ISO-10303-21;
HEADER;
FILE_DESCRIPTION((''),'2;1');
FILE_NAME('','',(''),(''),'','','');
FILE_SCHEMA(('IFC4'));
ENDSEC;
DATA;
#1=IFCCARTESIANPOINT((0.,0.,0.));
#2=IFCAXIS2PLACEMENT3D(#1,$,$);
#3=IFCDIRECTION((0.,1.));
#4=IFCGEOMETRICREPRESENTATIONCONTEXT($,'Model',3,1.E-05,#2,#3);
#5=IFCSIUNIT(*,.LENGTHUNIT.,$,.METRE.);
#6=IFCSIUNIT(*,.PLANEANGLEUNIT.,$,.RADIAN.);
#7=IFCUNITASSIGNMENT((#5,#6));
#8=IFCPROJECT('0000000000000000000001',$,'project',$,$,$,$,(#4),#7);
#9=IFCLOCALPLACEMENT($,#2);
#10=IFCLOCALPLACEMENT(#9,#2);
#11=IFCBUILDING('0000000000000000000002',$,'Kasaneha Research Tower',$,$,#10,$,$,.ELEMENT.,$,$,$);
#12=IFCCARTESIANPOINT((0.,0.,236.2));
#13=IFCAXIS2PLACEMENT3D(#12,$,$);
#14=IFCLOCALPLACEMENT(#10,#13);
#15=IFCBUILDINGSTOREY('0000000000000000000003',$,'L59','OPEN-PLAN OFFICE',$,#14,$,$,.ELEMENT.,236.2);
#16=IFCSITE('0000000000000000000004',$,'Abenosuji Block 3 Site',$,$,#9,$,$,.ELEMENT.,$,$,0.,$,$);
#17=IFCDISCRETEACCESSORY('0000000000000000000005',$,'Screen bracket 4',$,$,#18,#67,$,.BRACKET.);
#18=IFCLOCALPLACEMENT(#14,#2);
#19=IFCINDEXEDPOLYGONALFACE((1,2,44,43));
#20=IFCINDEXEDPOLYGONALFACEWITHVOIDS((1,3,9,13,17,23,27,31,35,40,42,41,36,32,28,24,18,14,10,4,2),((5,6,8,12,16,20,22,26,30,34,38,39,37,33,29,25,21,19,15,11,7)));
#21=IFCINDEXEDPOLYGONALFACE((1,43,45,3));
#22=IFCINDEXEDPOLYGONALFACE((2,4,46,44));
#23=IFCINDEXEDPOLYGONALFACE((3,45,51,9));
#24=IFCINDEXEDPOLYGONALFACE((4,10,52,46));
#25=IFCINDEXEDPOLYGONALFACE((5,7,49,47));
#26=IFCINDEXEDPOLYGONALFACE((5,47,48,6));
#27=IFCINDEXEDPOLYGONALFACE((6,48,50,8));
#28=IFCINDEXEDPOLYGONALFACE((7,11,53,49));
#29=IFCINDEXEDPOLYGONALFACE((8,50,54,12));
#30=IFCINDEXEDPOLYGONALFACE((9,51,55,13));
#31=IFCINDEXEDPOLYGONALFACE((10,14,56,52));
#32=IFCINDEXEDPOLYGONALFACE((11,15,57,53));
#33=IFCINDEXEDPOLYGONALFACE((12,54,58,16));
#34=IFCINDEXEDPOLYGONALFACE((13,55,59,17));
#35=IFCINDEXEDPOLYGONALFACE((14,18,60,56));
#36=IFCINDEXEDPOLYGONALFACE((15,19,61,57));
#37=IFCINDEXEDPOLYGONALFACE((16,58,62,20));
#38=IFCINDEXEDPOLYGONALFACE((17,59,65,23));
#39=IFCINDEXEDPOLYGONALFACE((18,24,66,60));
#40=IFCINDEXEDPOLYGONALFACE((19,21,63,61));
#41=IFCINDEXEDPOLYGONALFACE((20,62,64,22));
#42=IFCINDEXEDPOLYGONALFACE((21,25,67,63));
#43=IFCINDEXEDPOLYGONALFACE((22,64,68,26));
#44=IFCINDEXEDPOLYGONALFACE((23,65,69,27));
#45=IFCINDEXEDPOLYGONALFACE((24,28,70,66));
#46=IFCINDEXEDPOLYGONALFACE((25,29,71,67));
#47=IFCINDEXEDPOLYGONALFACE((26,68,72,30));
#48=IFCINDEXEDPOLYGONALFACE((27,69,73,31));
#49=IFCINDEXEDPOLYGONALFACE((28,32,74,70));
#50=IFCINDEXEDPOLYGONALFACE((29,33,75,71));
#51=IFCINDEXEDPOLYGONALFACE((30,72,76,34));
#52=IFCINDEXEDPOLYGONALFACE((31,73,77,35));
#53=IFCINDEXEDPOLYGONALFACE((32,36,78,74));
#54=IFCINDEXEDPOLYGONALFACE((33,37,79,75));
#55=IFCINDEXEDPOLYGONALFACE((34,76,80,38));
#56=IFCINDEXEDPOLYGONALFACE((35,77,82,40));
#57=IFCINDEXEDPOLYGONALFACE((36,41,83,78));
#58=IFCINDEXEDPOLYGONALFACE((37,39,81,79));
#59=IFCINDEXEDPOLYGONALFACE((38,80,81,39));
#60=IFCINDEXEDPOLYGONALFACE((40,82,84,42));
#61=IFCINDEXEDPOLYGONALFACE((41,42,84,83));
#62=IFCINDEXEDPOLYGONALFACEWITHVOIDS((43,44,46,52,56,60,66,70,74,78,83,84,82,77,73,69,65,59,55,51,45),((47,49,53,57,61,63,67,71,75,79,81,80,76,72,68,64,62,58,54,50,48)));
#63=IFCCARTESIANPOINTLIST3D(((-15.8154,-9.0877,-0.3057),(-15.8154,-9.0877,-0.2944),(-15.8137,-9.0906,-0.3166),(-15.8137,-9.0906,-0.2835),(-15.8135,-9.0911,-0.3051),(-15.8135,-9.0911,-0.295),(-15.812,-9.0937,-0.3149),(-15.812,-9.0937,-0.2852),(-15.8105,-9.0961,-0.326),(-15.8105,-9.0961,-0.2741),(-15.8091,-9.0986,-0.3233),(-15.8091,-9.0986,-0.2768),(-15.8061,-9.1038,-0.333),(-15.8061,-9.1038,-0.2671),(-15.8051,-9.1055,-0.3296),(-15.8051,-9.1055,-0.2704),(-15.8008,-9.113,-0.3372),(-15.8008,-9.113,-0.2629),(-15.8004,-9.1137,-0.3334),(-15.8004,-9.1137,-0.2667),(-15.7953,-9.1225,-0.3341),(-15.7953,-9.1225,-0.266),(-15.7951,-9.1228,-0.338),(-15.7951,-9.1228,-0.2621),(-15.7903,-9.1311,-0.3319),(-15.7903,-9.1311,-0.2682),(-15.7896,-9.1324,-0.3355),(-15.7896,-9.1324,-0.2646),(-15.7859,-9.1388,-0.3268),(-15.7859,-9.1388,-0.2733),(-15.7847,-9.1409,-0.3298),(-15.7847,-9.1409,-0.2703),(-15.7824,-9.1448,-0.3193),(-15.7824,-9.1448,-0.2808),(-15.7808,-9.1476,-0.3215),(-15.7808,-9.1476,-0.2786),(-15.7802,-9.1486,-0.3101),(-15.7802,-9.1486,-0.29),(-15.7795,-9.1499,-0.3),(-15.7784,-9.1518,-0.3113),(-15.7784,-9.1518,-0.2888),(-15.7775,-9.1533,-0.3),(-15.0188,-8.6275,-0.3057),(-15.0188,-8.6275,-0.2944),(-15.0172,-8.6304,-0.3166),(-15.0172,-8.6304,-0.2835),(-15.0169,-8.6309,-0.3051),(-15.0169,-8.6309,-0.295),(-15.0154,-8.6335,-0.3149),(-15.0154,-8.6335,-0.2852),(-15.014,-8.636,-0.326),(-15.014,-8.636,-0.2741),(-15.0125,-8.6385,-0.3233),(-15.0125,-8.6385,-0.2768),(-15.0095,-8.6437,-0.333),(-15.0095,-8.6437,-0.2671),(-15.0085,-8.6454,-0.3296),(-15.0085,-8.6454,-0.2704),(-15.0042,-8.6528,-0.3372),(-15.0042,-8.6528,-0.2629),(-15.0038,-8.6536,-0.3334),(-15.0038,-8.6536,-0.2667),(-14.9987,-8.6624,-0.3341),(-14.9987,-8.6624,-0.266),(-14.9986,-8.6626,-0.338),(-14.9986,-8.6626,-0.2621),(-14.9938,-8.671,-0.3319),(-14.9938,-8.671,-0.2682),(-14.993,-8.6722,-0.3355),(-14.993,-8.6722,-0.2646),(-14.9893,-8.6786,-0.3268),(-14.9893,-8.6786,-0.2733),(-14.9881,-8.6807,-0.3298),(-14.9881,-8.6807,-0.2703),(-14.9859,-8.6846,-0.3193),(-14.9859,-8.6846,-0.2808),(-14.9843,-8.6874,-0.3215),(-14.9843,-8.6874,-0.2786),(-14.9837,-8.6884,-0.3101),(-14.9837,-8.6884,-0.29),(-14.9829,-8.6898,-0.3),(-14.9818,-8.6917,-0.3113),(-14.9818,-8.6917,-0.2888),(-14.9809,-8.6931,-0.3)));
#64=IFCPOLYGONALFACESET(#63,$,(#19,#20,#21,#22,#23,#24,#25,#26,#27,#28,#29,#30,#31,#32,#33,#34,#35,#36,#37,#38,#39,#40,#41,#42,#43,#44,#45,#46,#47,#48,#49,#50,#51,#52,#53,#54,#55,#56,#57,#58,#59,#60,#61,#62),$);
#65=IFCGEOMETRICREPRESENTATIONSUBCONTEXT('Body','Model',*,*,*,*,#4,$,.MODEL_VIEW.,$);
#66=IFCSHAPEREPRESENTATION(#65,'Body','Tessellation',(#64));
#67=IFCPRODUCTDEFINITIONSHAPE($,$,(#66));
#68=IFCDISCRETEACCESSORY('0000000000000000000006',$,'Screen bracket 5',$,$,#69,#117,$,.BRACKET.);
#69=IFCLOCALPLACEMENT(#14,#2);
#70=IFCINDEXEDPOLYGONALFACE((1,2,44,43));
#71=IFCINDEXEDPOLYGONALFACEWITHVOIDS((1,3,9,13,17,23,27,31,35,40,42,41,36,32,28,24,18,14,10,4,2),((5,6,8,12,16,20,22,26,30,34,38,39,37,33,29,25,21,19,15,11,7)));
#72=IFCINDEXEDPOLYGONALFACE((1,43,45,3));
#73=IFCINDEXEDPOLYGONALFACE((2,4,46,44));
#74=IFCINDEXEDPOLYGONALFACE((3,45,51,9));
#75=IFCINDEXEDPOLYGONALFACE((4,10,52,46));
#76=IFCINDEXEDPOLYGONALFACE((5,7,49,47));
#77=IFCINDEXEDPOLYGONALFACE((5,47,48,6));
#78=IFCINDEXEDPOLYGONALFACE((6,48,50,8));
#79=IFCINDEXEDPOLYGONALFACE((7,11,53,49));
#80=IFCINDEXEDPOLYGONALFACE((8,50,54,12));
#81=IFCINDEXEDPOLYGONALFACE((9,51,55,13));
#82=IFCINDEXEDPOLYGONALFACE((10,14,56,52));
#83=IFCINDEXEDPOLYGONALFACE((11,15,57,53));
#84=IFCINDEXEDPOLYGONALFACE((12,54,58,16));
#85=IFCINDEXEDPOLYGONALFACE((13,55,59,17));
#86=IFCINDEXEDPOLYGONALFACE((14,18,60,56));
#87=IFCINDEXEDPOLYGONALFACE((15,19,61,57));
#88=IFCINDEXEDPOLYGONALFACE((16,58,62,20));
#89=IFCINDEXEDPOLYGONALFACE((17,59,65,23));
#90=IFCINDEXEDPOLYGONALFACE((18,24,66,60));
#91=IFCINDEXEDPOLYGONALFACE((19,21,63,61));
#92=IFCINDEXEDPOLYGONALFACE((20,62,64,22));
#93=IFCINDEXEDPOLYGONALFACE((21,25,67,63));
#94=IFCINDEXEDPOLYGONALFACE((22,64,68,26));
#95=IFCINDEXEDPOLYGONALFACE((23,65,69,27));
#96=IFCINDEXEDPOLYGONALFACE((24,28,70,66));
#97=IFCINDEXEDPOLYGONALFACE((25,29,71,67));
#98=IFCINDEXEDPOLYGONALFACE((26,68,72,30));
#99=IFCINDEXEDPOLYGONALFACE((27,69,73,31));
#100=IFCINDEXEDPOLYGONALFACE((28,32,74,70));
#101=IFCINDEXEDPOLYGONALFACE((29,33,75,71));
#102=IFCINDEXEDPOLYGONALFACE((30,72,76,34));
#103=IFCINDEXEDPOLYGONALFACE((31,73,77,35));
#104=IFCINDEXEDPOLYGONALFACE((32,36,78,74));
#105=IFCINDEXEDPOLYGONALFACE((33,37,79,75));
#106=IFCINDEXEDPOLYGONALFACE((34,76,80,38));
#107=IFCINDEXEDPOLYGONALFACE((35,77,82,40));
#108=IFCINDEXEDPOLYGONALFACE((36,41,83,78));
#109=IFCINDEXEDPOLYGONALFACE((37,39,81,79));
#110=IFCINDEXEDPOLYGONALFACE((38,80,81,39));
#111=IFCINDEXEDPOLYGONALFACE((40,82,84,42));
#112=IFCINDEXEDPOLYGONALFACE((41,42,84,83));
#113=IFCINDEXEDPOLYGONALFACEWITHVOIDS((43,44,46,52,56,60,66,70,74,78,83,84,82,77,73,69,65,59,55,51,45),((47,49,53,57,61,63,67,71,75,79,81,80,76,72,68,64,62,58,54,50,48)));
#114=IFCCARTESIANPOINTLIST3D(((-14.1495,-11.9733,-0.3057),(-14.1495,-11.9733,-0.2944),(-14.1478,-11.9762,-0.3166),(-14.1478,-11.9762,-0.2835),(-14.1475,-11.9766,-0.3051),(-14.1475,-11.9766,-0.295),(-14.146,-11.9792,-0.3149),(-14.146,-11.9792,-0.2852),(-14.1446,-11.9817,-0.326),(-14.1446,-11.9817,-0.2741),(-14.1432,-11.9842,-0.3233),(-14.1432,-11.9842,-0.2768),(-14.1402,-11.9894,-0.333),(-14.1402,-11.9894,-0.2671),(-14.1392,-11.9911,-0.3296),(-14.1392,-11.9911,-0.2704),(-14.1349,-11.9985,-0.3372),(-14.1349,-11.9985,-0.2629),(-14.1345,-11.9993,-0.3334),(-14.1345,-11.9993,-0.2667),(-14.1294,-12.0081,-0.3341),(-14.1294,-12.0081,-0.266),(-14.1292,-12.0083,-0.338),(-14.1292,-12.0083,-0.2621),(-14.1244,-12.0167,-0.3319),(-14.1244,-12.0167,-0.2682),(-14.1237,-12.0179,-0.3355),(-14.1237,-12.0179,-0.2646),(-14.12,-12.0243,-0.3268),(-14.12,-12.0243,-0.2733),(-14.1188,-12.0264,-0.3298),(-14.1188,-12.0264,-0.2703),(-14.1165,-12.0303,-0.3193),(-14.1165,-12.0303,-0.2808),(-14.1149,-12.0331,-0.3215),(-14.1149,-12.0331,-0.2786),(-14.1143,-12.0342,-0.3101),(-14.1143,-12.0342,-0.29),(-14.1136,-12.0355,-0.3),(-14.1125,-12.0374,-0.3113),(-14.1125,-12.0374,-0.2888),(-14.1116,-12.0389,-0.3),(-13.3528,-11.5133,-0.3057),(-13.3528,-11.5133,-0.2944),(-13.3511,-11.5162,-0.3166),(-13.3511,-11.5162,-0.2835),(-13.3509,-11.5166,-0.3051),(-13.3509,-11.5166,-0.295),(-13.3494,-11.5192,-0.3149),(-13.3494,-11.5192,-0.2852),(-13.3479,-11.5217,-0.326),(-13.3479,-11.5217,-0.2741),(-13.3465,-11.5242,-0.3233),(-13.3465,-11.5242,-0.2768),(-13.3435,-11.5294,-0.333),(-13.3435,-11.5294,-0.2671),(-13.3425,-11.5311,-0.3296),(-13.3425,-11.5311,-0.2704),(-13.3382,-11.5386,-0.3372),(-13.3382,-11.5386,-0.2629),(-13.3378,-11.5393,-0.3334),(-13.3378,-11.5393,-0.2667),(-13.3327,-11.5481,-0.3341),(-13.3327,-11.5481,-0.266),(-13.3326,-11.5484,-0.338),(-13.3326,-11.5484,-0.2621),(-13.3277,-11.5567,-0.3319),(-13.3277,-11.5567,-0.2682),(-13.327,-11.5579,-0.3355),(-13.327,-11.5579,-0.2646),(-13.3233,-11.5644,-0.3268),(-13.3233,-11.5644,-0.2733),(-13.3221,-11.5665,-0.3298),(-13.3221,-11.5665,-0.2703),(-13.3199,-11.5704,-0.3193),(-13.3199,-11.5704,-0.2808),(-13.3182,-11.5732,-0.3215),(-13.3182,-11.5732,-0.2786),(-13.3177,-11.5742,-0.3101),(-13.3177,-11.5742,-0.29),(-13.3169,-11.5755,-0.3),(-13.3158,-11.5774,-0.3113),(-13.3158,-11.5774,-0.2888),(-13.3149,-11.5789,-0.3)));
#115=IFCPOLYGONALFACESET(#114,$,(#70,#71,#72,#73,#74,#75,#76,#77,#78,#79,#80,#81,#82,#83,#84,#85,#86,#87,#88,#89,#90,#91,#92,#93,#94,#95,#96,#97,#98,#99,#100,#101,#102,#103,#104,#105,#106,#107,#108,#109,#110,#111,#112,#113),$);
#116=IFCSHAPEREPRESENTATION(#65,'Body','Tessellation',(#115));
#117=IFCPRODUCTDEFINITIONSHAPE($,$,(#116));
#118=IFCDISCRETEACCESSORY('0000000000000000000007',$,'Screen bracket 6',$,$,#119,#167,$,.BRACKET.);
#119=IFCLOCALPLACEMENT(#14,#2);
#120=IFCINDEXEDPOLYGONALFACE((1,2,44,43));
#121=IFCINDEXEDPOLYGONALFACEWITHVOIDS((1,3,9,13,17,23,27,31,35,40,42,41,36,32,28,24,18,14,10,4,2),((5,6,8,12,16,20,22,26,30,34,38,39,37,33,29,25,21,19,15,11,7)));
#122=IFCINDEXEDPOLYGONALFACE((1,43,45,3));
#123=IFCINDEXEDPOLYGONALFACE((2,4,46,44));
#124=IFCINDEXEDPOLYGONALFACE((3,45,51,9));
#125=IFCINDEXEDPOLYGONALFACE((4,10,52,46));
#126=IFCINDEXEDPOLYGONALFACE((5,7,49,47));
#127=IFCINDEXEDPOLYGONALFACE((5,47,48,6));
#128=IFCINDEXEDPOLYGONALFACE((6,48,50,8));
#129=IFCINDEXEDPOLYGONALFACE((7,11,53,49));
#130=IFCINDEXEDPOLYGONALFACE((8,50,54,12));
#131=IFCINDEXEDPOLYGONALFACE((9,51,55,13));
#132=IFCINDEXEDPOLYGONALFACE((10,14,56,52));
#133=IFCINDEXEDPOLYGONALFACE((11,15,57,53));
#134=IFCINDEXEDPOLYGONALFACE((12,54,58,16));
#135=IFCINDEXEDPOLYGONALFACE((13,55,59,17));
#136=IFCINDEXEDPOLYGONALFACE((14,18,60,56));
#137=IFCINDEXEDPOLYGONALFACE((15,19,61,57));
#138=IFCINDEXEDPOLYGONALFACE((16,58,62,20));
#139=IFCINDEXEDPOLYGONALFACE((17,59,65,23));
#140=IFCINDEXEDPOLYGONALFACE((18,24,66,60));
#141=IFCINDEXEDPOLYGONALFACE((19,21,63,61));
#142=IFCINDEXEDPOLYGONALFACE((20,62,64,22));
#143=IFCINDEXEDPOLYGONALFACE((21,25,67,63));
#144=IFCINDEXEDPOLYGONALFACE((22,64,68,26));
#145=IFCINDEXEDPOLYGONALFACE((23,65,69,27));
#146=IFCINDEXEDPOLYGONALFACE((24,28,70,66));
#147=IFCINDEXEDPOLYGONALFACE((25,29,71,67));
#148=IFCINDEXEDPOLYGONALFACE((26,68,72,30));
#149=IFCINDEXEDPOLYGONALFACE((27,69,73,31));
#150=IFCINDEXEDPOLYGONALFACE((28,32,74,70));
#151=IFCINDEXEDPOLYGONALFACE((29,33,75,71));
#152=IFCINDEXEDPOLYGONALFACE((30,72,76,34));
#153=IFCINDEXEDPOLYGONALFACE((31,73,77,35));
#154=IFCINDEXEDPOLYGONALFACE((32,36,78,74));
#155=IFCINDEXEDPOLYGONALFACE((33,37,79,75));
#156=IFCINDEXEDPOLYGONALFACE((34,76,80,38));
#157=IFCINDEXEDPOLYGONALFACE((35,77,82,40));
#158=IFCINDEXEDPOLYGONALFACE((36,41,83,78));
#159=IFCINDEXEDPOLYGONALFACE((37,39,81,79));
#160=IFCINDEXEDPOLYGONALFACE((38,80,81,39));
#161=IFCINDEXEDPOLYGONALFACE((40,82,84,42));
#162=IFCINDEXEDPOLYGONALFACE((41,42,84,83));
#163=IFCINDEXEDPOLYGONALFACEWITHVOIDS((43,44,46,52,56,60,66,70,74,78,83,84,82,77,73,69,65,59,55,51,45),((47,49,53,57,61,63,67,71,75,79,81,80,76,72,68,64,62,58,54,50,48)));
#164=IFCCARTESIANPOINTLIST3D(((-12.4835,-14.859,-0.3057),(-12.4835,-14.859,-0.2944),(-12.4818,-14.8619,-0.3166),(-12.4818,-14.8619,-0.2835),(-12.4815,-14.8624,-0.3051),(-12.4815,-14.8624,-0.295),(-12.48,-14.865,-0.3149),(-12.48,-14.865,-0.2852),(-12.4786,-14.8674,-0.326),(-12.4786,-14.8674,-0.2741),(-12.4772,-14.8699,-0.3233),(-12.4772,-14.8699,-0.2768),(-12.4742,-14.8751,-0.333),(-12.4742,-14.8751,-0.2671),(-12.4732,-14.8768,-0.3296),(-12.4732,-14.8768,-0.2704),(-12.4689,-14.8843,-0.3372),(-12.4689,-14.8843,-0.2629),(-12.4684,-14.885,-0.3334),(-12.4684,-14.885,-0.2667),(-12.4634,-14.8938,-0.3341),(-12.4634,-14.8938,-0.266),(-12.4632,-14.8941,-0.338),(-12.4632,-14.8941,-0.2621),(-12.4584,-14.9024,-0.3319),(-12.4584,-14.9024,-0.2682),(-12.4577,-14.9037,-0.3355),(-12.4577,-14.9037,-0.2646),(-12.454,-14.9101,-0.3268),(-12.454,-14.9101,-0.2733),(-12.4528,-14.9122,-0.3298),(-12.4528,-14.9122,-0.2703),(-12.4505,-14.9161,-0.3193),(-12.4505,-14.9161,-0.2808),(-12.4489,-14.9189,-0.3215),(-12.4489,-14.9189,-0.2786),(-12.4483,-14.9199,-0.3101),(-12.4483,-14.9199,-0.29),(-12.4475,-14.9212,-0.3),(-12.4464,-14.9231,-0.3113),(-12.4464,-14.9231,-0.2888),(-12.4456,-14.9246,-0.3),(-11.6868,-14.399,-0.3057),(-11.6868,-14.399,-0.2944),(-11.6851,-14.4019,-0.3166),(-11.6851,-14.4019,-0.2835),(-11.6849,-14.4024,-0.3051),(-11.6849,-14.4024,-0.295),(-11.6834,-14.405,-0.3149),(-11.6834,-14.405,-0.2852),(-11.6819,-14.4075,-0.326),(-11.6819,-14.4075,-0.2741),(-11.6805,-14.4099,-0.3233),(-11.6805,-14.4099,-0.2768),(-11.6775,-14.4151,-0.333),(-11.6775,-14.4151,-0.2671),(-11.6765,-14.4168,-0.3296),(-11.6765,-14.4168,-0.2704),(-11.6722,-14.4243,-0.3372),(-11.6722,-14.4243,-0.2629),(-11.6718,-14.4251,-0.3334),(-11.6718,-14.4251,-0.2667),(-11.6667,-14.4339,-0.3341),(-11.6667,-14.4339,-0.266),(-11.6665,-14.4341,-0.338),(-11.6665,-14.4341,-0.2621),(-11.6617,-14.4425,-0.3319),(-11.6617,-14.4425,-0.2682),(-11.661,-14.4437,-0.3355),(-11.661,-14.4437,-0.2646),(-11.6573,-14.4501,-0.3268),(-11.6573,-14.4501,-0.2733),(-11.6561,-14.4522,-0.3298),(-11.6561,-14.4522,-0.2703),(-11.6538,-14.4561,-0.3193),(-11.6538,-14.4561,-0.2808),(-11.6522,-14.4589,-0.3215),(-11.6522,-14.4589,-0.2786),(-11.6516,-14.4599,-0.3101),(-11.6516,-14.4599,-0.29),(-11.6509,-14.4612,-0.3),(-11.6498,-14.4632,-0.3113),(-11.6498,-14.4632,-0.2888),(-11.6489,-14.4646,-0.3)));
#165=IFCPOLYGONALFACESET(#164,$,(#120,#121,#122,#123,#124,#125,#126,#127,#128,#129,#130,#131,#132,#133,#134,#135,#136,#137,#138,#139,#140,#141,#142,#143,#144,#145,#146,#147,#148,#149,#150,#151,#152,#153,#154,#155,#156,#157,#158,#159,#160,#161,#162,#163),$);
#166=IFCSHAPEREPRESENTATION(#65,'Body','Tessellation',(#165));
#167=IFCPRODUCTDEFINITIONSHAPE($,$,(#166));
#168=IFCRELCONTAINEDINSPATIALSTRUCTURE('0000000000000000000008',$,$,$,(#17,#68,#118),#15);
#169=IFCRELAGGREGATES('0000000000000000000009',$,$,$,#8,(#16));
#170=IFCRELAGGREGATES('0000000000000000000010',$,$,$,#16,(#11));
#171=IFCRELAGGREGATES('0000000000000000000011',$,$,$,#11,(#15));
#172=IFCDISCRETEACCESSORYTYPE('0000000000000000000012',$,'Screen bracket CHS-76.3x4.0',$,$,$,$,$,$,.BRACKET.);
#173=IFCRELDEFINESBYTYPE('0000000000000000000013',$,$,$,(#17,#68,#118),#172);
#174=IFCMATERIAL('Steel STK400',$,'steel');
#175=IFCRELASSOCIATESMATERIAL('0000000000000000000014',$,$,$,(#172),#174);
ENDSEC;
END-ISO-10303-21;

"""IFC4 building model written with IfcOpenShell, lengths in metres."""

from ifc_helpers import new_model, si_unit, direction, frame, origin, origin_2d, place, context, subcontext, project, spatial, hollow_circle, extrude, material, material_profile, profile_set, type_object, element, save


model = new_model("IFC4")

# Units and contexts
model_context = context("Model", 3, precision=1e-05, world=origin(), true_north=direction((0.0, 1.0)))
body_context = subcontext(model_context, "Body", "Model", "MODEL_VIEW")
ifc_project = project(units=[si_unit("LENGTHUNIT", "METRE"), si_unit("PLANEANGLEUNIT", "RADIAN")], contexts=[model_context])

# Site, building, storey
site_placement = place(None, origin())
site = spatial("IfcSite", under=ifc_project, at=site_placement, Name="Abenosuji Block 3 Site", CompositionType="ELEMENT", RefElevation=0.0)
building_placement = place(site_placement, origin())
building = spatial("IfcBuilding", under=site, at=building_placement, Name="Kasaneha Research Tower", CompositionType="ELEMENT")
storey_placement = place(building_placement, frame((0.0, 0.0, 236.2)))
storey = spatial("IfcBuildingStorey", under=building, at=storey_placement, Name="L59", Description="OPEN-PLAN OFFICE", CompositionType="ELEMENT", Elevation=236.2)

# Discrete accessories
ifc_material_1 = material(Name="Steel STK400", Category="steel")
ifc_material_profile_1 = material_profile(ifc_material_1, hollow_circle(Radius=0.0381, WallThickness=0.0039, at=origin_2d()), Name="CHS-76.3x4.0")
ifc_profile_set_1 = profile_set([ifc_material_profile_1], Name="Steel STK400")
discrete_accessory_type = type_object("IfcDiscreteAccessoryType", Name="Screen bracket CHS-76.3x4.0", PredefinedType="BRACKET", material=ifc_profile_set_1)
for number, where, z_axis, x_axis, name in (
    (1, (-15.0, -8.6602, -0.3), (-0.865898, -0.50022, 0.0), (0.50022, -0.865898, 0.0), "Screen bracket 4"),
    (2, (-13.334, -11.5459, -0.3), (-0.866013, -0.500021, 0.0), (0.500021, -0.866013, 0.0), "Screen bracket 5"),
    (3, (-11.668, -14.4316, -0.3), (-0.866013, -0.500021, 0.0), (0.500021, -0.866013, 0.0), "Screen bracket 6"),
):
    element("IfcDiscreteAccessory", number, at=place(storey_placement, frame(where, z_axis=z_axis, x_axis=x_axis)), inside=storey, type_object=discrete_accessory_type, Name=name, PredefinedType="BRACKET", context=body_context, shape_type="SweptSolid", body=[
        extrude(hollow_circle(Radius=0.0381, WallThickness=0.0039, at=origin_2d()), origin(), (0.0, 0.0, 1.0), 0.9199),
    ])

save(model, "model.ifc")
